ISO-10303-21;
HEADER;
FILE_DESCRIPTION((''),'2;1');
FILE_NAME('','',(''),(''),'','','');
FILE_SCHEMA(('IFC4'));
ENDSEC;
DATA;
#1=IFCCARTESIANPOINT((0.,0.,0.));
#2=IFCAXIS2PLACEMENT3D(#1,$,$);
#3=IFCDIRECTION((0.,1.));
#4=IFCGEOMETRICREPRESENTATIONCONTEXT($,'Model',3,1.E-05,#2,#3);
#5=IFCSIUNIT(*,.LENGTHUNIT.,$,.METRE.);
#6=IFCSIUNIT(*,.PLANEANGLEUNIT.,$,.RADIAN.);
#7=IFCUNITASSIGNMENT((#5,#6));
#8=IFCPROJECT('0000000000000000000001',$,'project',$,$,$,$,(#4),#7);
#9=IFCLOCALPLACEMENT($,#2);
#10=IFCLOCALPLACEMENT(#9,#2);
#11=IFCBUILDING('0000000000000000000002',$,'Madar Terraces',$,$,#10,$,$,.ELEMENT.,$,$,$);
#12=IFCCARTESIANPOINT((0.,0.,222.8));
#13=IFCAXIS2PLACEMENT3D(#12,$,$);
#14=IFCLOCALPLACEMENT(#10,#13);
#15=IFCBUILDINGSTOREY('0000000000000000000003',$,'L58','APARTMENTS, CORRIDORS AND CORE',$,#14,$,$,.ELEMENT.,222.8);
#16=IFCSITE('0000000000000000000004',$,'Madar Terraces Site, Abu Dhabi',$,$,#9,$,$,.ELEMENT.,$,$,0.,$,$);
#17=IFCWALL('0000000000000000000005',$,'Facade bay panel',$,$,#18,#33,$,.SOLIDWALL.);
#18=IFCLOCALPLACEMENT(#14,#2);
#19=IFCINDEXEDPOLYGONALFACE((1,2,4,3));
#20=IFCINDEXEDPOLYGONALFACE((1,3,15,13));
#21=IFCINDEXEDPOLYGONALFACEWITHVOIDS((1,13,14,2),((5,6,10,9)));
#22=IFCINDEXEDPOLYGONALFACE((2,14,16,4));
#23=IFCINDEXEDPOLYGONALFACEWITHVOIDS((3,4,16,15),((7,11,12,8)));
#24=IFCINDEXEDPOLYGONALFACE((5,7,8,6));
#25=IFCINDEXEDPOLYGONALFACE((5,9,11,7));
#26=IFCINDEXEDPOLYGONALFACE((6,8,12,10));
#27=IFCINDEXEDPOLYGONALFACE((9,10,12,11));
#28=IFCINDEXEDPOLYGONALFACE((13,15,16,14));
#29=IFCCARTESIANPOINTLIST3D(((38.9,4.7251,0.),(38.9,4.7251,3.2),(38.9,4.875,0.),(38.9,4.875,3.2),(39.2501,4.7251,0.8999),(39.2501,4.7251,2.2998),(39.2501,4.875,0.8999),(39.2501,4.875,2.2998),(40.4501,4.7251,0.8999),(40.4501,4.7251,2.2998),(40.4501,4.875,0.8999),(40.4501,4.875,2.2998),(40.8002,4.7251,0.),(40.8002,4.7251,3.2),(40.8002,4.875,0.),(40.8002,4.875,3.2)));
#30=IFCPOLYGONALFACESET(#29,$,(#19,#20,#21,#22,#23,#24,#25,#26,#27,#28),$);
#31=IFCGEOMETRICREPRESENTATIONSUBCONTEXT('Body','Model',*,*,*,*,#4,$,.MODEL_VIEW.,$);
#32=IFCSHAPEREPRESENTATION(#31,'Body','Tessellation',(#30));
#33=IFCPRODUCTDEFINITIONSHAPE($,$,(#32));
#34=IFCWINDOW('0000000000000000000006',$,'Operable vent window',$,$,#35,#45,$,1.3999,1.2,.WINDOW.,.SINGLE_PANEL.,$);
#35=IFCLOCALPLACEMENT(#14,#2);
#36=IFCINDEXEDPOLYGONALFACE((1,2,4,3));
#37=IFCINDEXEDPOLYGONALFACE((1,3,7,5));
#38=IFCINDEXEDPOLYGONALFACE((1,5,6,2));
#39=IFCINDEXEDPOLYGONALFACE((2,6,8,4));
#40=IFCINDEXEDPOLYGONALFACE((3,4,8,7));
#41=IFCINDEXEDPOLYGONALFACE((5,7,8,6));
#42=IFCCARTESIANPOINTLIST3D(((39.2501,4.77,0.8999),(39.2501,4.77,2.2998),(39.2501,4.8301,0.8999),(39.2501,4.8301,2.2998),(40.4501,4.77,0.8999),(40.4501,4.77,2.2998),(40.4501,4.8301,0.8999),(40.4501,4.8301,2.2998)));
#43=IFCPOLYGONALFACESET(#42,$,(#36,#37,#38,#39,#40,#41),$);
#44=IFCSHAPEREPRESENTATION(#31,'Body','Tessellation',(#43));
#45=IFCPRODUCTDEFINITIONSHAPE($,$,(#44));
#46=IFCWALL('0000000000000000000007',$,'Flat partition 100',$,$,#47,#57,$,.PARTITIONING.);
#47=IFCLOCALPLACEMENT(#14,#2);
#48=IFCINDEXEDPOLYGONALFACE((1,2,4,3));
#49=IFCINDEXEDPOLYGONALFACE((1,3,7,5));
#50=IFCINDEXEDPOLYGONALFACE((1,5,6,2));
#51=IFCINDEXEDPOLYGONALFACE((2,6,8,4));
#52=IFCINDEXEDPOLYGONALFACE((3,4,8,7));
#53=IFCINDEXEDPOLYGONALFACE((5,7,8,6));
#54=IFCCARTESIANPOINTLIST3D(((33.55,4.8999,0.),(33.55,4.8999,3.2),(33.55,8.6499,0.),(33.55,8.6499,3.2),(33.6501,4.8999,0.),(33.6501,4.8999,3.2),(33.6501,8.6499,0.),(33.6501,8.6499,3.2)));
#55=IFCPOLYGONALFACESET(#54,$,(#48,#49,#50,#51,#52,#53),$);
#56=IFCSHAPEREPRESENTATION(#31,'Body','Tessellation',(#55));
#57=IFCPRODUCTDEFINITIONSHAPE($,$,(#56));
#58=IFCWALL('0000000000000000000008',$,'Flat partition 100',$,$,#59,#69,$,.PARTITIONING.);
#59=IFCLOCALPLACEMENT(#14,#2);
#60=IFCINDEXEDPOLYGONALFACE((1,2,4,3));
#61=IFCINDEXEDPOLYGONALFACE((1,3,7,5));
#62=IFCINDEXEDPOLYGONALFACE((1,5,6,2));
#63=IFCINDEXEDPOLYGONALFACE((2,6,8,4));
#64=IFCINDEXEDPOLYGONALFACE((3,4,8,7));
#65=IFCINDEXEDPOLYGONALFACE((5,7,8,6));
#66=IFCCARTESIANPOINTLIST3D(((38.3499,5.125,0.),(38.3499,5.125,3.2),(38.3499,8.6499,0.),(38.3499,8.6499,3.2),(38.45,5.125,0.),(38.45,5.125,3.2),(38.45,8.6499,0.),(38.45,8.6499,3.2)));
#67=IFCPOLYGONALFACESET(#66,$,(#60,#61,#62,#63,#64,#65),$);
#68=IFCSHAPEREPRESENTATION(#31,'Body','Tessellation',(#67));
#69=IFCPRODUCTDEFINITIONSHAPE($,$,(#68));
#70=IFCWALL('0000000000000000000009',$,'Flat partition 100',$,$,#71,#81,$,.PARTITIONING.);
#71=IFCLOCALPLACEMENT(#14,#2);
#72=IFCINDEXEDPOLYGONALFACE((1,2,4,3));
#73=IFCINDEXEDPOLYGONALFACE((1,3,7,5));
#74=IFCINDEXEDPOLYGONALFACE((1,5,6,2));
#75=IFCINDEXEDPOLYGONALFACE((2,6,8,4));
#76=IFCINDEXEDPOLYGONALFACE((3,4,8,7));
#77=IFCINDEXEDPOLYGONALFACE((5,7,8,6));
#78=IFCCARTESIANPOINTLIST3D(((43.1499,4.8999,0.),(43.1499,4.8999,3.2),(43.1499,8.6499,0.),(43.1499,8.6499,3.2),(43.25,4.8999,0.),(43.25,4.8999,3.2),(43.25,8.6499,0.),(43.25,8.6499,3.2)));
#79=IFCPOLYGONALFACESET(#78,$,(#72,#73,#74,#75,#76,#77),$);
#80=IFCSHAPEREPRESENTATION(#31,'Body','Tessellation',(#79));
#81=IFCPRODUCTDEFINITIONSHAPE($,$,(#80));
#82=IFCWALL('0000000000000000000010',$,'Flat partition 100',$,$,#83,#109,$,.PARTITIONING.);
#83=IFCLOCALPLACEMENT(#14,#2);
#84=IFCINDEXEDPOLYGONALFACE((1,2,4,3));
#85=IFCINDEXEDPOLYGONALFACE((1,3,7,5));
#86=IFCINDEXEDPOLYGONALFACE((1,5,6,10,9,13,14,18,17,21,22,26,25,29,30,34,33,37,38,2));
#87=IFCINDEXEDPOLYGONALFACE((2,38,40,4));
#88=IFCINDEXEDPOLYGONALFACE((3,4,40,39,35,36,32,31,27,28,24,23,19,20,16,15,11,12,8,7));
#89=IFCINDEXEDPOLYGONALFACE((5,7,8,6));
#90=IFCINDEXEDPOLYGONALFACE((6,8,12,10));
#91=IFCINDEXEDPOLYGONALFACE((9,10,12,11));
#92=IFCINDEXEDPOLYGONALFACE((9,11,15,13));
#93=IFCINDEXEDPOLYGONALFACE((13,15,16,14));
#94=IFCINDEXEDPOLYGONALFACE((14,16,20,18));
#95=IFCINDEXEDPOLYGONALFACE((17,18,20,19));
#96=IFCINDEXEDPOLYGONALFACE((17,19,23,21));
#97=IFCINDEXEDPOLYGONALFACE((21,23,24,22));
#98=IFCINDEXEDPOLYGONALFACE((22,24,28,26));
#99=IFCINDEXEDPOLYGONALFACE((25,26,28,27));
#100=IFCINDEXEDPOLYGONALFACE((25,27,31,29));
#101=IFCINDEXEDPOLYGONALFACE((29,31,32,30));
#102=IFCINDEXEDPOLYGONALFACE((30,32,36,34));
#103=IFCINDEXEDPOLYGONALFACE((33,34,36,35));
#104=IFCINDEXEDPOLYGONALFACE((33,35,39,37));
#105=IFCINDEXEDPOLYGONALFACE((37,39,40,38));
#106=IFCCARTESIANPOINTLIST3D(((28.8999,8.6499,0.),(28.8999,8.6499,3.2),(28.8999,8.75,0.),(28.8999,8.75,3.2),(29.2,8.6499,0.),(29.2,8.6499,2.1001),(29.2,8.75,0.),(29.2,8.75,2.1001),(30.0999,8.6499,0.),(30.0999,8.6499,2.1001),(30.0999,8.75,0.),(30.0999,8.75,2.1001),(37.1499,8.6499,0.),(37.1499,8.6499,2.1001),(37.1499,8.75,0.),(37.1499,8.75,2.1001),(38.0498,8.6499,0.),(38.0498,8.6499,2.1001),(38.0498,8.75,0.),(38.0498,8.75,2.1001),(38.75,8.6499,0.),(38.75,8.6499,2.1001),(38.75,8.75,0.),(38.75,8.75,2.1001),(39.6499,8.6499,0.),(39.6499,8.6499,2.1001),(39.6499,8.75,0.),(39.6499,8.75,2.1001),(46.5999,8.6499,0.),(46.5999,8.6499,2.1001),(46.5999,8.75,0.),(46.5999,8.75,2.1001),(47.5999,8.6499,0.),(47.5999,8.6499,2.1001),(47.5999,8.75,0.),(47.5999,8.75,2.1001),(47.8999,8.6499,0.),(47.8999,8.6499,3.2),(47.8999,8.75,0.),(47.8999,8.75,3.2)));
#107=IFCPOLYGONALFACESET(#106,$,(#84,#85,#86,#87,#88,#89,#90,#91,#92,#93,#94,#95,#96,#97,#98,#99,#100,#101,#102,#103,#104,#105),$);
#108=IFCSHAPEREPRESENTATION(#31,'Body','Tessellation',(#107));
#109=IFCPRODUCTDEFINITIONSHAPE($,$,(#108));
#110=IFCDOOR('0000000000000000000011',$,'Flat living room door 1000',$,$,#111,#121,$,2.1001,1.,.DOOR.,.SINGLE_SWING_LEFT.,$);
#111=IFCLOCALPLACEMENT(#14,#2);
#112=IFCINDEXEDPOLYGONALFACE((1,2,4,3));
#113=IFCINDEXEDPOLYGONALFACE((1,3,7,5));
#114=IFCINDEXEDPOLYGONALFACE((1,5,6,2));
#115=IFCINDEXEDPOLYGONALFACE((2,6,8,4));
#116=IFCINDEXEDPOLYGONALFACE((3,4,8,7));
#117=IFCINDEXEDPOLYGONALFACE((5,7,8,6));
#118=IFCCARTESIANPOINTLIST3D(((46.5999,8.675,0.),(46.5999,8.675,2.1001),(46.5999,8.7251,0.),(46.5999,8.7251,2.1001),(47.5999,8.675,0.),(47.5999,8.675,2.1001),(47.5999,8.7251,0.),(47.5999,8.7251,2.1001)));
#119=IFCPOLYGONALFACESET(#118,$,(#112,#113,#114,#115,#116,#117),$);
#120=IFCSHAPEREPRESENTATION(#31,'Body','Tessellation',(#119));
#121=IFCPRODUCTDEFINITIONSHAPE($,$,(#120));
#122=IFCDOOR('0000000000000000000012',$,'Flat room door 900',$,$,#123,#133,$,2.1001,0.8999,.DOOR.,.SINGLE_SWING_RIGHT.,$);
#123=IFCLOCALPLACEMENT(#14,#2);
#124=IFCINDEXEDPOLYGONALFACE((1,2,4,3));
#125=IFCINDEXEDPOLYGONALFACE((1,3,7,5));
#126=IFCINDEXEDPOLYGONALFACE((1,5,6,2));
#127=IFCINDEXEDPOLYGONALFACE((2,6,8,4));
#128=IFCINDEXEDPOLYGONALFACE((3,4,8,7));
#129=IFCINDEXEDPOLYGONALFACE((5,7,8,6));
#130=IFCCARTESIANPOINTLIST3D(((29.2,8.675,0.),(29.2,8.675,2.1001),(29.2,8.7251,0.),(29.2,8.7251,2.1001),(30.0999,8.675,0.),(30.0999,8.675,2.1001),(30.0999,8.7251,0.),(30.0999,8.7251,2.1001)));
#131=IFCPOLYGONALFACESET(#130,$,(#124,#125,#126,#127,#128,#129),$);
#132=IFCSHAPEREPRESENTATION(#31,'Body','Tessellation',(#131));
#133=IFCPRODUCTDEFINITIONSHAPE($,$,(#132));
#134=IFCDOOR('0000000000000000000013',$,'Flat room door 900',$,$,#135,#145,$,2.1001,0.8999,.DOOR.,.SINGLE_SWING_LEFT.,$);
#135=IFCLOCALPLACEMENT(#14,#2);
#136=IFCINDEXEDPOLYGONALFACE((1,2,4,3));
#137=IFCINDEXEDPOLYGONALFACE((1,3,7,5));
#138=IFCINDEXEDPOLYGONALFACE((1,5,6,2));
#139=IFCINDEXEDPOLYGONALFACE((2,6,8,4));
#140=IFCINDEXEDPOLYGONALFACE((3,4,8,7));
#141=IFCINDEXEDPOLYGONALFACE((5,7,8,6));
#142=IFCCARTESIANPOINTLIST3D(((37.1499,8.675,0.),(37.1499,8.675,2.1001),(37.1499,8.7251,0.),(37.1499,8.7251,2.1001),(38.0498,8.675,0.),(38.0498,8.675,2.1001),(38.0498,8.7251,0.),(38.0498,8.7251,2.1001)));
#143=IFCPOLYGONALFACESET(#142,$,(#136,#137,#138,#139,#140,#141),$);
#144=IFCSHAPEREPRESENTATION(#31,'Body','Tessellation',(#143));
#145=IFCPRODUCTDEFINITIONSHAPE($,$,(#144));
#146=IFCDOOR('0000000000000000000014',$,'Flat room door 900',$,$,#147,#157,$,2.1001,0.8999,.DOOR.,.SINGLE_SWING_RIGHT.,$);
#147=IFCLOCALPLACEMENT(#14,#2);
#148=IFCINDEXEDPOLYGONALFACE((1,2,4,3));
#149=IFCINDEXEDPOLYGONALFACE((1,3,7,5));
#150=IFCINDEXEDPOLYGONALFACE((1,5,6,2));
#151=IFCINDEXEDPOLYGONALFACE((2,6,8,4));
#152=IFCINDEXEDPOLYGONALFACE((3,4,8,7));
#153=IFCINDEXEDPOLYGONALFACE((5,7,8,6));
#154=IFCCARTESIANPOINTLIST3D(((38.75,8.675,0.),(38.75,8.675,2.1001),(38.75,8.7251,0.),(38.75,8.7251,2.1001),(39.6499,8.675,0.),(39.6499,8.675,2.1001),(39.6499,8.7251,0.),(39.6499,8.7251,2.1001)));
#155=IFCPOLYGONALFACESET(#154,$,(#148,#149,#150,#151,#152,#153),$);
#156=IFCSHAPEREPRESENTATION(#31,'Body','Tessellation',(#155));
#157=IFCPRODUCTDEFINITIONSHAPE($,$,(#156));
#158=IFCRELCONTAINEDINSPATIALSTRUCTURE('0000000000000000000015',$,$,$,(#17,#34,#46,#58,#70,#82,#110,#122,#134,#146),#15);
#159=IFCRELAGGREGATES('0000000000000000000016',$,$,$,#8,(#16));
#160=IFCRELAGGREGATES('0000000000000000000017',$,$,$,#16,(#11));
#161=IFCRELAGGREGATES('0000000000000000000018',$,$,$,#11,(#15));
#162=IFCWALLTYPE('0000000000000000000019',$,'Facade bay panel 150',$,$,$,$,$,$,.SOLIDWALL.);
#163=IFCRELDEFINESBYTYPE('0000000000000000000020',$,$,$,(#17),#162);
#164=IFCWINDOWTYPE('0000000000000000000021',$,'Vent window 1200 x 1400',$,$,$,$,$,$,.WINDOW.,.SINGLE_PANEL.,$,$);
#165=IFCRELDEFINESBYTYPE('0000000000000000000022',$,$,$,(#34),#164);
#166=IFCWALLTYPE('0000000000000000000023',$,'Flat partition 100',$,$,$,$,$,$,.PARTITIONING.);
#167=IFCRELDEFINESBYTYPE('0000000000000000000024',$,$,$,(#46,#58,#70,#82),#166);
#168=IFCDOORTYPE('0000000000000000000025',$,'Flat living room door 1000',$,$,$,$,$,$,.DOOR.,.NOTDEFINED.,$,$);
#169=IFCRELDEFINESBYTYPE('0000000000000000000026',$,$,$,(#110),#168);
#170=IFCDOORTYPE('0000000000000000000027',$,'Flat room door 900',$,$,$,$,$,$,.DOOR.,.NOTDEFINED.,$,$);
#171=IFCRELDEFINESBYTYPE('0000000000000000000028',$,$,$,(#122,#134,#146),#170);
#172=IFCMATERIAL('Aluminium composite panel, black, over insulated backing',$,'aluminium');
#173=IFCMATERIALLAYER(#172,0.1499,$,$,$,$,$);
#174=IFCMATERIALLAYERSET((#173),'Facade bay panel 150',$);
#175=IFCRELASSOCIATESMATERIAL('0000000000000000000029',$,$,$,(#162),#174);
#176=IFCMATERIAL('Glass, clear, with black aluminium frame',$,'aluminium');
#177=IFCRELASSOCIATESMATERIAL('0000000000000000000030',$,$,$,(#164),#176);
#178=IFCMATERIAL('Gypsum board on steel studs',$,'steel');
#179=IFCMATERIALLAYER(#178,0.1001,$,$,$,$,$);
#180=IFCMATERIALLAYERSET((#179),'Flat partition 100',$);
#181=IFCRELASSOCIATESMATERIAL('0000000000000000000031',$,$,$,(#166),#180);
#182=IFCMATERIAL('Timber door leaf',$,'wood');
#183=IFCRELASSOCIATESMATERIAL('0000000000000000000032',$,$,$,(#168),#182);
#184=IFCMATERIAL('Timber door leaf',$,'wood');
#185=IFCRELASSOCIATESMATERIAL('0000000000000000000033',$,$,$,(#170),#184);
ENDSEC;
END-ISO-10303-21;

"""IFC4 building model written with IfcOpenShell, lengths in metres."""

from ifc_helpers import new_model, si_unit, direction, frame, frame_2d, origin, place, context, subcontext, project, spatial, rectangle, extrude, material, layer, layer_set, type_object, element, fill, save


model = new_model("IFC4")

# Units and contexts
model_context = context("Model", 3, precision=1e-05, world=origin(), true_north=direction((0.0, 1.0)))
body_context = subcontext(model_context, "Body", "Model", "MODEL_VIEW")
ifc_project = project(units=[si_unit("LENGTHUNIT", "METRE"), si_unit("PLANEANGLEUNIT", "RADIAN")], contexts=[model_context])

# Site, building, storey
site_placement = place(None, origin())
site = spatial("IfcSite", under=ifc_project, at=site_placement, Name="Madar Terraces Site, Abu Dhabi", CompositionType="ELEMENT", RefElevation=0.0)
building_placement = place(site_placement, origin())
building = spatial("IfcBuilding", under=site, at=building_placement, Name="Madar Terraces", CompositionType="ELEMENT")
storey_placement = place(building_placement, frame((0.0, 0.0, 222.8)))
storey = spatial("IfcBuildingStorey", under=building, at=storey_placement, Name="L58", Description="APARTMENTS, CORRIDORS AND CORE", CompositionType="ELEMENT", Elevation=222.8)

# Wall, opening, window
ifc_material_1 = material(Name="Aluminium composite panel, black, over insulated backing", Category="aluminium")
ifc_layer_1 = layer(ifc_material_1, 0.1499)
ifc_layer_set_1 = layer_set([ifc_layer_1], Name="Facade bay panel 150")
wall_type_1 = type_object("IfcWallType", Name="Facade bay panel 150", PredefinedType="SOLIDWALL", material=ifc_layer_set_1)
ifc_material_2 = material(Name="Glass, clear, with black aluminium frame", Category="aluminium")
window_type = type_object("IfcWindowType", Name="Vent window 1200 x 1400", PartitioningType="SINGLE_PANEL", PredefinedType="WINDOW", material=ifc_material_2)
wall_1_placement = place(storey_placement, frame((38.8999, 4.8, 0.0), z_axis=(0.0, 0.0, 1.0), x_axis=(1.0, 0.0, 0.0)))
wall_1 = element("IfcWall", 1, at=wall_1_placement, inside=storey, type_object=wall_type_1, Name="Facade bay panel", PredefinedType="SOLIDWALL", context=body_context, shape_type="SweptSolid", body=[
    extrude(rectangle(XDim=1.9001, YDim=0.1499, at=frame_2d((0.9502, 0.0))), origin(), (0.0, 0.0, 1.0), 3.2),
])
opening_1_placement = place(wall_1_placement, frame((0.3501, 0.0, 0.8999)))
opening_1 = element("IfcOpeningElement", 2, at=opening_1_placement, cuts=wall_1, PredefinedType="OPENING", context=body_context, shape_type="SweptSolid", body=[
    extrude(rectangle(XDim=1.2, YDim=1.3999, at=frame_2d((0.6001, 0.7))), frame((0.0, 0.085, 0.0), z_axis=(0.0, -1.0, 0.0), x_axis=(1.0, 0.0, 0.0)), (0.0, 0.0, 1.0), 0.1699),
])
window_1_placement = place(opening_1_placement, origin())
window_1 = element("IfcWindow", 3, at=window_1_placement, inside=storey, type_object=window_type, Name="Operable vent window", OverallHeight=1.3999, OverallWidth=1.2, PartitioningType="SINGLE_PANEL", PredefinedType="WINDOW", context=body_context, shape_type="SweptSolid", body=[
    extrude(rectangle(XDim=1.2, YDim=1.3999, at=frame_2d((0.6001, 0.7))), frame((0.0, 0.03, 0.0), z_axis=(0.0, -1.0, 0.0), x_axis=(1.0, 0.0, 0.0)), (0.0, 0.0, 1.0), 0.0601),
])
fill(opening_1, window_1)

# Walls
ifc_material_3 = material(Name="Gypsum board on steel studs", Category="steel")
ifc_layer_2 = layer(ifc_material_3, 0.1001)
ifc_layer_set_2 = layer_set([ifc_layer_2], Name="Flat partition 100")
wall_type_2 = type_object("IfcWallType", Name="Flat partition 100", PredefinedType="PARTITIONING", material=ifc_layer_set_2)
wall_2_placement = place(storey_placement, frame((33.6001, 8.6499, 0.0), z_axis=(0.0, 0.0, 1.0), x_axis=(0.0, -1.0, 0.0)))
element("IfcWall", 4, at=wall_2_placement, inside=storey, type_object=wall_type_2, Name="Flat partition 100", PredefinedType="PARTITIONING", context=body_context, shape_type="SweptSolid", body=[
    extrude(rectangle(XDim=3.75, YDim=0.1001, at=frame_2d((1.875, 0.0))), origin(), (0.0, 0.0, 1.0), 3.2),
])
wall_3_placement = place(storey_placement, frame((38.3999, 8.6499, 0.0), z_axis=(0.0, 0.0, 1.0), x_axis=(0.0, -1.0, 0.0)))
element("IfcWall", 5, at=wall_3_placement, inside=storey, type_object=wall_type_2, Name="Flat partition 100", PredefinedType="PARTITIONING", context=body_context, shape_type="SweptSolid", body=[
    extrude(rectangle(XDim=3.5249, YDim=0.1001, at=frame_2d((1.7625, 0.0))), origin(), (0.0, 0.0, 1.0), 3.2),
])
wall_4_placement = place(storey_placement, frame((43.2, 8.6499, 0.0), z_axis=(0.0, 0.0, 1.0), x_axis=(0.0, -1.0, 0.0)))
element("IfcWall", 6, at=wall_4_placement, inside=storey, type_object=wall_type_2, Name="Flat partition 100", PredefinedType="PARTITIONING", context=body_context, shape_type="SweptSolid", body=[
    extrude(rectangle(XDim=3.75, YDim=0.1001, at=frame_2d((1.875, 0.0))), origin(), (0.0, 0.0, 1.0), 3.2),
])

# Wall, openings, doors
wall_5_placement = place(storey_placement, frame((47.8999, 8.7, 0.0), z_axis=(0.0, 0.0, 1.0), x_axis=(-1.0, 0.0, 0.0)))
wall_5 = element("IfcWall", 7, at=wall_5_placement, inside=storey, type_object=wall_type_2, Name="Flat partition 100", PredefinedType="PARTITIONING", context=body_context, shape_type="SweptSolid", body=[
    extrude(rectangle(XDim=19.0, YDim=0.1001, at=frame_2d((9.5, 0.0))), origin(), (0.0, 0.0, 1.0), 3.2),
])
opening_2_placement = place(wall_5_placement, frame((17.8, 0.0, 0.0)))
opening_2 = element("IfcOpeningElement", 8, at=opening_2_placement, cuts=wall_5, PredefinedType="OPENING", context=body_context, shape_type="SweptSolid", body=[
    extrude(rectangle(XDim=0.8999, YDim=2.1001, at=frame_2d((0.45, 1.05))), frame((0.0, 0.0601, 0.0), z_axis=(0.0, -1.0, 0.0), x_axis=(1.0, 0.0, 0.0)), (0.0, 0.0, 1.0), 0.1201),
])
opening_3_placement = place(wall_5_placement, frame((9.8501, 0.0, 0.0)))
opening_3 = element("IfcOpeningElement", 9, at=opening_3_placement, cuts=wall_5, PredefinedType="OPENING", context=body_context, shape_type="SweptSolid", body=[
    extrude(rectangle(XDim=0.8999, YDim=2.1001, at=frame_2d((0.45, 1.05))), frame((0.0, 0.0601, 0.0), z_axis=(0.0, -1.0, 0.0), x_axis=(1.0, 0.0, 0.0)), (0.0, 0.0, 1.0), 0.1201),
])
opening_4_placement = place(wall_5_placement, frame((8.25, 0.0, 0.0)))
opening_4 = element("IfcOpeningElement", 10, at=opening_4_placement, cuts=wall_5, PredefinedType="OPENING", context=body_context, shape_type="SweptSolid", body=[
    extrude(rectangle(XDim=0.8999, YDim=2.1001, at=frame_2d((0.45, 1.05))), frame((0.0, 0.0601, 0.0), z_axis=(0.0, -1.0, 0.0), x_axis=(1.0, 0.0, 0.0)), (0.0, 0.0, 1.0), 0.1201),
])
opening_5_placement = place(wall_5_placement, frame((0.3, 0.0, 0.0)))
opening_5 = element("IfcOpeningElement", 11, at=opening_5_placement, cuts=wall_5, PredefinedType="OPENING", context=body_context, shape_type="SweptSolid", body=[
    extrude(rectangle(XDim=1.0, YDim=2.1001, at=frame_2d((0.5, 1.05))), frame((0.0, 0.0601, 0.0), z_axis=(0.0, -1.0, 0.0), x_axis=(1.0, 0.0, 0.0)), (0.0, 0.0, 1.0), 0.1201),
])
ifc_material_4 = material(Name="Timber door leaf", Category="wood")
door_type_1 = type_object("IfcDoorType", Name="Flat living room door 1000", OperationType="NOTDEFINED", PredefinedType="DOOR", material=ifc_material_4)
door_1_placement = place(opening_5_placement, origin())
door_1 = element("IfcDoor", 12, at=door_1_placement, inside=storey, type_object=door_type_1, Name="Flat living room door 1000", OperationType="SINGLE_SWING_LEFT", OverallHeight=2.1001, OverallWidth=1.0, PredefinedType="DOOR", context=body_context, shape_type="SweptSolid", body=[
    extrude(rectangle(XDim=1.0, YDim=2.1001, at=frame_2d((0.5, 1.05))), frame((0.0, 0.0249, 0.0), z_axis=(0.0, -1.0, 0.0), x_axis=(1.0, 0.0, 0.0)), (0.0, 0.0, 1.0), 0.05),
])
fill(opening_5, door_1)
ifc_material_5 = material(Name="Timber door leaf", Category="wood")
door_type_2 = type_object("IfcDoorType", Name="Flat room door 900", OperationType="NOTDEFINED", PredefinedType="DOOR", material=ifc_material_5)
door_2_placement = place(opening_2_placement, origin())
door_2 = element("IfcDoor", 13, at=door_2_placement, inside=storey, type_object=door_type_2, Name="Flat room door 900", OperationType="SINGLE_SWING_RIGHT", OverallHeight=2.1001, OverallWidth=0.8999, PredefinedType="DOOR", context=body_context, shape_type="SweptSolid", body=[
    extrude(rectangle(XDim=0.8999, YDim=2.1001, at=frame_2d((0.45, 1.05))), frame((0.0, 0.0249, 0.0), z_axis=(0.0, -1.0, 0.0), x_axis=(1.0, 0.0, 0.0)), (0.0, 0.0, 1.0), 0.05),
])
fill(opening_2, door_2)
door_3_placement = place(opening_3_placement, origin())
door_3 = element("IfcDoor", 14, at=door_3_placement, inside=storey, type_object=door_type_2, Name="Flat room door 900", OperationType="SINGLE_SWING_LEFT", OverallHeight=2.1001, OverallWidth=0.8999, PredefinedType="DOOR", context=body_context, shape_type="SweptSolid", body=[
    extrude(rectangle(XDim=0.8999, YDim=2.1001, at=frame_2d((0.45, 1.05))), frame((0.0, 0.0249, 0.0), z_axis=(0.0, -1.0, 0.0), x_axis=(1.0, 0.0, 0.0)), (0.0, 0.0, 1.0), 0.05),
])
fill(opening_3, door_3)
door_4_placement = place(opening_4_placement, origin())
door_4 = element("IfcDoor", 15, at=door_4_placement, inside=storey, type_object=door_type_2, Name="Flat room door 900", OperationType="SINGLE_SWING_RIGHT", OverallHeight=2.1001, OverallWidth=0.8999, PredefinedType="DOOR", context=body_context, shape_type="SweptSolid", body=[
    extrude(rectangle(XDim=0.8999, YDim=2.1001, at=frame_2d((0.45, 1.05))), frame((0.0, 0.0249, 0.0), z_axis=(0.0, -1.0, 0.0), x_axis=(1.0, 0.0, 0.0)), (0.0, 0.0, 1.0), 0.05),
])
fill(opening_4, door_4)

save(model, "model.ifc")
